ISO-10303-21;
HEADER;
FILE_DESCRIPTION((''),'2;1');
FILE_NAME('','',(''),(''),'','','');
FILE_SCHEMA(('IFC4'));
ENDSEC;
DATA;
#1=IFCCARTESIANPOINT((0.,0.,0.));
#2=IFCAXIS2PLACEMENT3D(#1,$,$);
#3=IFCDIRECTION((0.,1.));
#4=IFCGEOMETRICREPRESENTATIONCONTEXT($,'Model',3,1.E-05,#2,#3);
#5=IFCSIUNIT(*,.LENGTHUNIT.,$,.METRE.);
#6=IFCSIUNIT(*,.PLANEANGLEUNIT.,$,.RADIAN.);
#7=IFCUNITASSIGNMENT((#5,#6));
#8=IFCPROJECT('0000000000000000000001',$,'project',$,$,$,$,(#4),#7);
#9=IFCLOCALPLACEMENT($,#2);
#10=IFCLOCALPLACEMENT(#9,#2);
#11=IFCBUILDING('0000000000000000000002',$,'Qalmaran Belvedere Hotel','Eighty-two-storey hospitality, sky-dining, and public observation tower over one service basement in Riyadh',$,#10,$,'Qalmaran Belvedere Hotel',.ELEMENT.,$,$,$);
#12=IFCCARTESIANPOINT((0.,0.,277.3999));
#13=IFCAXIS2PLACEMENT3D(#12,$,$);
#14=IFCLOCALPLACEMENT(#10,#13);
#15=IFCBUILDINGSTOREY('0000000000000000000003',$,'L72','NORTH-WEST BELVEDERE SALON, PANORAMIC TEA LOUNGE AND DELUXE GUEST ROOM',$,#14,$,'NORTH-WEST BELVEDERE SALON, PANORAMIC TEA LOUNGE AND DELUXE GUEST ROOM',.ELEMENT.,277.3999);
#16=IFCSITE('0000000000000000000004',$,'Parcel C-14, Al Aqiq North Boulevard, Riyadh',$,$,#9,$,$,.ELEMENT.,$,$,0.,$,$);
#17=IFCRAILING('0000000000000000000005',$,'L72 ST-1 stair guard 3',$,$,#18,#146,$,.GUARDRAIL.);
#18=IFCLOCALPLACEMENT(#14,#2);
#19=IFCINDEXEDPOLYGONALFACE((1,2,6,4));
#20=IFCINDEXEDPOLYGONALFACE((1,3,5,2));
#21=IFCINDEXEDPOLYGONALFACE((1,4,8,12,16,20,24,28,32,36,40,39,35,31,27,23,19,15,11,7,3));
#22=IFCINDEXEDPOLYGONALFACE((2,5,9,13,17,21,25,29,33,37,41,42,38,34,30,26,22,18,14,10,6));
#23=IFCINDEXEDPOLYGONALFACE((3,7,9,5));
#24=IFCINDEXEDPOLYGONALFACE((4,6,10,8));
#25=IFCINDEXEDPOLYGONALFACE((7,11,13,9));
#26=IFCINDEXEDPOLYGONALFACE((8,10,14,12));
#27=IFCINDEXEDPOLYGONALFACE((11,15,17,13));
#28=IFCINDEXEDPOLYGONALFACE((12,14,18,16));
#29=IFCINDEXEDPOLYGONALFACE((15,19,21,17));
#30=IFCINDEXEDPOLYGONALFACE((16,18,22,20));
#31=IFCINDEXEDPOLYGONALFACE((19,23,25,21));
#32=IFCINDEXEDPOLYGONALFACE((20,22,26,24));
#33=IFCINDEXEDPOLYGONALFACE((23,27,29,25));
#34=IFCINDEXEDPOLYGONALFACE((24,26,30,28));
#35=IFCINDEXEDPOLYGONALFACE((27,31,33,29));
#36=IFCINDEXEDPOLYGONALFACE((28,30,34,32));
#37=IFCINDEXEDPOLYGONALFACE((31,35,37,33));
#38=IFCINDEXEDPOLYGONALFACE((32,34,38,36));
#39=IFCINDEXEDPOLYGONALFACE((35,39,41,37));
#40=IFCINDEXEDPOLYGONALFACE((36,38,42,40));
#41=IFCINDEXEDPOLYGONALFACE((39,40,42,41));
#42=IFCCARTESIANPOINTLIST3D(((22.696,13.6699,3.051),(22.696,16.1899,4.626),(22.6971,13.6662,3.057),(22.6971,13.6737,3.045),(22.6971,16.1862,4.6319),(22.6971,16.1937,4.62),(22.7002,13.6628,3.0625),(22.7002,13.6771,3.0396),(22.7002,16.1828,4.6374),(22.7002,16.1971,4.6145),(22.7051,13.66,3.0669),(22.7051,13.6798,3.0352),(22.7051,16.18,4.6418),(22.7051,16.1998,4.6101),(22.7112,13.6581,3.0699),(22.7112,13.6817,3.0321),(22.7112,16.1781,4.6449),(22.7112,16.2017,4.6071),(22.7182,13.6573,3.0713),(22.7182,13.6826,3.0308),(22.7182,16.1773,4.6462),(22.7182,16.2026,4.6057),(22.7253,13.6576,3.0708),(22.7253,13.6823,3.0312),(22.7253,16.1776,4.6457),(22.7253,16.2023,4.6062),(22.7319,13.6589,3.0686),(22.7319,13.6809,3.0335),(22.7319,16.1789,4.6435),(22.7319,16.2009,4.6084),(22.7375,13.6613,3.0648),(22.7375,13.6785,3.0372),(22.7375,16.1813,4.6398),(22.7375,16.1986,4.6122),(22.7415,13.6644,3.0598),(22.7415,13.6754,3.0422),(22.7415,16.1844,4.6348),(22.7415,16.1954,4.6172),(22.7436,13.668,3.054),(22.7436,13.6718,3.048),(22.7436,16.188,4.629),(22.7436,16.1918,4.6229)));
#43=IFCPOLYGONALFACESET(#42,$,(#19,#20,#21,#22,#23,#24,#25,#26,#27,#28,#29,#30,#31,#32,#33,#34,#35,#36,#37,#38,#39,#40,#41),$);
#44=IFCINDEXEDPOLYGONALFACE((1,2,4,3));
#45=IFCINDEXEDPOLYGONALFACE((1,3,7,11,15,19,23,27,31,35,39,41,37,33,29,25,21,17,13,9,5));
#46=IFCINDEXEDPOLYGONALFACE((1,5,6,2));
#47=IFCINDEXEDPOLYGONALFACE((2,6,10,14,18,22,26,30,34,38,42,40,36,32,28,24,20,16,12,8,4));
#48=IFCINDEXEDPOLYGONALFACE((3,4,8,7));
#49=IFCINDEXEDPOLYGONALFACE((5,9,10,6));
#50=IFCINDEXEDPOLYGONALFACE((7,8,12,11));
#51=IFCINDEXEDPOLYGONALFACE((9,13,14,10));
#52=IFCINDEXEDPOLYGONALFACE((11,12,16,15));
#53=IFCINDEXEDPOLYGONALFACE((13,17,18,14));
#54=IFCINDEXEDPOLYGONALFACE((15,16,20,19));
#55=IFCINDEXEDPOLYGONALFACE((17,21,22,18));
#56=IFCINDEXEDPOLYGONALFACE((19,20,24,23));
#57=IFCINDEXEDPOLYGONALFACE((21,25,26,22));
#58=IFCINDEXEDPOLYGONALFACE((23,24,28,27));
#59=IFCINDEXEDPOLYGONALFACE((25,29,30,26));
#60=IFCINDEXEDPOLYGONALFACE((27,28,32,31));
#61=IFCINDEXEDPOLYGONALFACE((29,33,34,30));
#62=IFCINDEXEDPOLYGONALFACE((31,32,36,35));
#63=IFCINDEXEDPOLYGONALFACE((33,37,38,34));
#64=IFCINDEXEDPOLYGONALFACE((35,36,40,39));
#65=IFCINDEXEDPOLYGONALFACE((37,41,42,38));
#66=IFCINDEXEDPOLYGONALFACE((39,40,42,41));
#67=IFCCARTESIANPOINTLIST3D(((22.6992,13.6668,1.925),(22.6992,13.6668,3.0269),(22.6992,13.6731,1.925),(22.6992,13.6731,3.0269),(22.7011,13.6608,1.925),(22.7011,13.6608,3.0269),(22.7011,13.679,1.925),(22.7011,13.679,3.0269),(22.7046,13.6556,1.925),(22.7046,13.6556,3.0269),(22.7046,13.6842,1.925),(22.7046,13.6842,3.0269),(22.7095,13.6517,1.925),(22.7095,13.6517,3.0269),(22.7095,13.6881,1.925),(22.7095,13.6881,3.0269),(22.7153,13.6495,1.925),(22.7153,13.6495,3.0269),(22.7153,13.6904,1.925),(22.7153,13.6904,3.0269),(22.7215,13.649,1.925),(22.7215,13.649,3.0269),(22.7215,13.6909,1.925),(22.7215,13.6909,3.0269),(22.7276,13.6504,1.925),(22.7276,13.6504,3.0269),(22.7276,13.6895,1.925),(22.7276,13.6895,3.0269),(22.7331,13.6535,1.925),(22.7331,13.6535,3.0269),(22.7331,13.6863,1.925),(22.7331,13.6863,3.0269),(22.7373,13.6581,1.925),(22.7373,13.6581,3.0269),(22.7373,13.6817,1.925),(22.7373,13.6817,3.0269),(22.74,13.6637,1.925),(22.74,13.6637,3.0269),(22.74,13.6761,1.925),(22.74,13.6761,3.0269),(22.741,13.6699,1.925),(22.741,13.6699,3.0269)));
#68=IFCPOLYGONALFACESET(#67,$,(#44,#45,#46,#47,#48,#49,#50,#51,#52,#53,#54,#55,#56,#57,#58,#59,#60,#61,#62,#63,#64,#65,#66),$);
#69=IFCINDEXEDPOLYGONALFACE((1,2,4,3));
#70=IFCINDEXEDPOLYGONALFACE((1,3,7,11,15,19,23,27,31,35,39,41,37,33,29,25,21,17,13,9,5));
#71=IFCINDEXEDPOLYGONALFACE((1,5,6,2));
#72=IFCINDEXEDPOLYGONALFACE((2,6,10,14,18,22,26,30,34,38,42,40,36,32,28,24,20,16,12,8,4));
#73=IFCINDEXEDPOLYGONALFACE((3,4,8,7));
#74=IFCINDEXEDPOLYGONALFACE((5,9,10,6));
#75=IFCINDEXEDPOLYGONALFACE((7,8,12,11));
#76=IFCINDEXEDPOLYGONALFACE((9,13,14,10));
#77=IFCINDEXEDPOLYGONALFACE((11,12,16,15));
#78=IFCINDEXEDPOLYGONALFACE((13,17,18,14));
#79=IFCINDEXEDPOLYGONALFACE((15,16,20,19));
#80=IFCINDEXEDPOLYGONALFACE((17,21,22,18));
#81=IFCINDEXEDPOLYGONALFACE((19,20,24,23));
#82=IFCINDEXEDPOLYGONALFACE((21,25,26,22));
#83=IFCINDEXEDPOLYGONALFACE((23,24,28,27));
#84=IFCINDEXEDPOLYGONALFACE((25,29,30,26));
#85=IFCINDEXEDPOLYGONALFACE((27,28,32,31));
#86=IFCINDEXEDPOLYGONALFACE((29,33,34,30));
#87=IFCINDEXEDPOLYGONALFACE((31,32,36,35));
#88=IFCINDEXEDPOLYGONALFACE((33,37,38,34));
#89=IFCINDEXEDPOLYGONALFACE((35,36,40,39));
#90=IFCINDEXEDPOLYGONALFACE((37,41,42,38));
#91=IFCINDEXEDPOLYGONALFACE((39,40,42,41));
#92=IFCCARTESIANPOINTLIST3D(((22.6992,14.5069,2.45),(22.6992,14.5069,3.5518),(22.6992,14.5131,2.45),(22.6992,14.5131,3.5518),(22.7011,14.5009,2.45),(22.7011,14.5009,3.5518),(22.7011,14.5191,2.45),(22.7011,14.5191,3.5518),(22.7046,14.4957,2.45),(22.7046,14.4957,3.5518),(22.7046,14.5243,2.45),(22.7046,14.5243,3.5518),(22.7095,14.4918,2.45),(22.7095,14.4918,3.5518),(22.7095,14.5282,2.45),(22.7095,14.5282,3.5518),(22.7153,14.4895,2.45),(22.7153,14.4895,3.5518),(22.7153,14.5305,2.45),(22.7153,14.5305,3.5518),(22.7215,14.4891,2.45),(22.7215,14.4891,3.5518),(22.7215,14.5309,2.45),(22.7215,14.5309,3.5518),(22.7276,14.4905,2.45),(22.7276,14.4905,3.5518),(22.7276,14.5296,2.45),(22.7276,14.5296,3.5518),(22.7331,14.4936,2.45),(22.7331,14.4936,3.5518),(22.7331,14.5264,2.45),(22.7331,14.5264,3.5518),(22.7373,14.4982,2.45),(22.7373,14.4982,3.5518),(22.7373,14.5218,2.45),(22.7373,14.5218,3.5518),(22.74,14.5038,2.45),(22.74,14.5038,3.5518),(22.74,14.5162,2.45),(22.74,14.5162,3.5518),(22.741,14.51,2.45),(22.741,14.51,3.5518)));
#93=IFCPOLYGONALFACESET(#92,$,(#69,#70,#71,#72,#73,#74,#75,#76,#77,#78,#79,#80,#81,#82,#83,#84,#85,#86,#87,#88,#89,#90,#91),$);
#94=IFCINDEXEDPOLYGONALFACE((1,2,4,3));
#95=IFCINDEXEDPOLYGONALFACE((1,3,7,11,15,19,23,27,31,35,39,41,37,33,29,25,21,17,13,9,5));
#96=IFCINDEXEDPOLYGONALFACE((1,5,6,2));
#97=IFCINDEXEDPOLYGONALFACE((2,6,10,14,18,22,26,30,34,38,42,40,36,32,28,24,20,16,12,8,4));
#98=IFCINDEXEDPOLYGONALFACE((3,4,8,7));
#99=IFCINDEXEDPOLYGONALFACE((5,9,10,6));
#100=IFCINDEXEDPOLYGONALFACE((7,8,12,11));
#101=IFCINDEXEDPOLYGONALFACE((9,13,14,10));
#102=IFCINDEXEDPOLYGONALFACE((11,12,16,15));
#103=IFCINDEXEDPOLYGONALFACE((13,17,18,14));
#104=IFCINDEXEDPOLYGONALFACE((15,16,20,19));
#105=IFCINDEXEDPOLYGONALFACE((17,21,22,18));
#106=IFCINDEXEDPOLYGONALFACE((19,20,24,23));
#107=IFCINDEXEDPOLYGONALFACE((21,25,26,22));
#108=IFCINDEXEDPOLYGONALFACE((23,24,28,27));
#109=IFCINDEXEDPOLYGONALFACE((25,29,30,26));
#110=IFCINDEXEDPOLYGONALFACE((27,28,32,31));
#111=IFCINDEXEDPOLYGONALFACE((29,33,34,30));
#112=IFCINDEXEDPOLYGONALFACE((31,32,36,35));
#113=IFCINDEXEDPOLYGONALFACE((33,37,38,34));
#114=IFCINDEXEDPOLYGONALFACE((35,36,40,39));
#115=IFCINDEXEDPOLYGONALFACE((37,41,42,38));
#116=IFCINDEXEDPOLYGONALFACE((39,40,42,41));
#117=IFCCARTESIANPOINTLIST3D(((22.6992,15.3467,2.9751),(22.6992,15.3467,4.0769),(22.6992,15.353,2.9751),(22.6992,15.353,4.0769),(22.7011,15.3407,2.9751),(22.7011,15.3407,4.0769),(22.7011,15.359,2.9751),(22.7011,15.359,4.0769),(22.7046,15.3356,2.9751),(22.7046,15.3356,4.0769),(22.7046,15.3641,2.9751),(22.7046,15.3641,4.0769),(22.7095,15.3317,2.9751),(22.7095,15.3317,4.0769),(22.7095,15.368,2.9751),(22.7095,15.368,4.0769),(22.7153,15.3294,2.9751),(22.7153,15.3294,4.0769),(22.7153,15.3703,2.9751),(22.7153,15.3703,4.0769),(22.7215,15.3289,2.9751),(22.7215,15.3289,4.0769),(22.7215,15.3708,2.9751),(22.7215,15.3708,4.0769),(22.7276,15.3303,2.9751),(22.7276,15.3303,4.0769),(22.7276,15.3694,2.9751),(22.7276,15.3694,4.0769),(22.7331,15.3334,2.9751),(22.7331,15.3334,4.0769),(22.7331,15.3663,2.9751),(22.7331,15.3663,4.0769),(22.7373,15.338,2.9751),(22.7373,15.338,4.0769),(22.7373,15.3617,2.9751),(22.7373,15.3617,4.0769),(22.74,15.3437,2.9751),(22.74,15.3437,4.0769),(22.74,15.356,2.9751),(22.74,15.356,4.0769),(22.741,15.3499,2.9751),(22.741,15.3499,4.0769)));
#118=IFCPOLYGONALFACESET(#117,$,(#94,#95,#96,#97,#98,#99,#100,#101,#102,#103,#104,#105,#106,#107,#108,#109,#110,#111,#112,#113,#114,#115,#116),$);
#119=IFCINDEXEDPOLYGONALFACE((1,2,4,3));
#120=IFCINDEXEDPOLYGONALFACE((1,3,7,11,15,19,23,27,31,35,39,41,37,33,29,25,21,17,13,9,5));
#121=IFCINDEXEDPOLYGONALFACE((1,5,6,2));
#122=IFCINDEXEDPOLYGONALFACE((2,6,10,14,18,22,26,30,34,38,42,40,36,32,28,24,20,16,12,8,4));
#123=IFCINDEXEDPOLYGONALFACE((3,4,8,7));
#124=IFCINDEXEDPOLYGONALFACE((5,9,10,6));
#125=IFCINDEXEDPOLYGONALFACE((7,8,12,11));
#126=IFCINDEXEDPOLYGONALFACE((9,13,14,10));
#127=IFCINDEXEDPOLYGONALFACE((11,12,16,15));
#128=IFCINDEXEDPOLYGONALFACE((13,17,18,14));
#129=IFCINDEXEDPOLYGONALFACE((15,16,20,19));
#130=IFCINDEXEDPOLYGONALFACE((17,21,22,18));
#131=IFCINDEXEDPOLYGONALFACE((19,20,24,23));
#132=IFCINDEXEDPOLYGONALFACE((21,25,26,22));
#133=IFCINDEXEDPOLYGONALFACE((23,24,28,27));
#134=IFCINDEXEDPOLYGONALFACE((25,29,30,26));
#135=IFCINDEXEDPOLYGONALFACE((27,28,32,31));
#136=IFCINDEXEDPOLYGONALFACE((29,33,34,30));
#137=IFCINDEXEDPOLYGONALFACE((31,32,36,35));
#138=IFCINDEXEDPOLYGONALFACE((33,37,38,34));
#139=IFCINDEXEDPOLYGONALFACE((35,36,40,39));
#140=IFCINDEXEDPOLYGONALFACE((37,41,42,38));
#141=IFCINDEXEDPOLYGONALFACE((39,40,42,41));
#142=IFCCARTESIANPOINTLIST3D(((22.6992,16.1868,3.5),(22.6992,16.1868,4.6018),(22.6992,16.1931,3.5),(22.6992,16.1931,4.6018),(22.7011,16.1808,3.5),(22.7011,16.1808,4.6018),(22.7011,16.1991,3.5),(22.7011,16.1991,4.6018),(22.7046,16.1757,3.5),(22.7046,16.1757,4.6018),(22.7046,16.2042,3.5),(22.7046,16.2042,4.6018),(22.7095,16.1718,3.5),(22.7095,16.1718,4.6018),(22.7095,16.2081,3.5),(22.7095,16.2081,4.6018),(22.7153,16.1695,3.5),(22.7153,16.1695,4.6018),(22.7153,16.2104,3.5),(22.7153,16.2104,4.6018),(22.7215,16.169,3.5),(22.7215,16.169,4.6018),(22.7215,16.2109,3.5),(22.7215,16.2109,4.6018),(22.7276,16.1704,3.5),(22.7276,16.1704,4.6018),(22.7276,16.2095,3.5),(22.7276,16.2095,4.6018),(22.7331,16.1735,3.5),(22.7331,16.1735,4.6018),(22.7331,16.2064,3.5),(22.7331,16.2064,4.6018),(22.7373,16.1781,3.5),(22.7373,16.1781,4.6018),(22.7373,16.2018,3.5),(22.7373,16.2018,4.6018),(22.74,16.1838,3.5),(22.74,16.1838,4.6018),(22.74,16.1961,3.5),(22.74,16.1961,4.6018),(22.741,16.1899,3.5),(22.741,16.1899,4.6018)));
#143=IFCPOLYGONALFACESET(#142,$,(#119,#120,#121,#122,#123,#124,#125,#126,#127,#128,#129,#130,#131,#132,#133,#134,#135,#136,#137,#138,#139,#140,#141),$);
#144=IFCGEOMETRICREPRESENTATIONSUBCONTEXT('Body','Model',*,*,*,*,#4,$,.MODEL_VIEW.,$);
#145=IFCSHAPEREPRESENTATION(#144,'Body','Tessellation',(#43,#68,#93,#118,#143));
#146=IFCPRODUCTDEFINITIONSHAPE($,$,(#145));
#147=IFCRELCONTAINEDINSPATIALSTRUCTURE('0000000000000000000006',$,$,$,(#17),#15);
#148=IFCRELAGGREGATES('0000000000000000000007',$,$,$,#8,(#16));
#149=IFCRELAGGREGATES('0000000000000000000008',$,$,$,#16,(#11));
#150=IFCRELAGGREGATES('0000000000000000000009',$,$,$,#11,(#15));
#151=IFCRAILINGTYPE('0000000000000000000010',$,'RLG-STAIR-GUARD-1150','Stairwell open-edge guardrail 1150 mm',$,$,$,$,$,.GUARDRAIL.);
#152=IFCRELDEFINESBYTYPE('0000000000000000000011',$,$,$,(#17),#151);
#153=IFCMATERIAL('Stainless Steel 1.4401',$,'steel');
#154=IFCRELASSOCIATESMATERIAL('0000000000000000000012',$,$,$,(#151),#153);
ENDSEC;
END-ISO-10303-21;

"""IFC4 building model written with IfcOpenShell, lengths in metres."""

from ifc_helpers import new_model, si_unit, direction, frame, origin, origin_2d, place, context, subcontext, project, spatial, circle, extrude, material, type_object, element, save


model = new_model("IFC4")

# Units and contexts
model_context = context("Model", 3, precision=1e-05, world=origin(), true_north=direction((0.0, 1.0)))
body_context = subcontext(model_context, "Body", "Model", "MODEL_VIEW")
ifc_project = project(units=[si_unit("LENGTHUNIT", "METRE"), si_unit("PLANEANGLEUNIT", "RADIAN")], contexts=[model_context])

# Site, building, storey
site_placement = place(None, origin())
site = spatial("IfcSite", under=ifc_project, at=site_placement, Name="Parcel C-14, Al Aqiq North Boulevard, Riyadh", CompositionType="ELEMENT", RefElevation=0.0)
building_placement = place(site_placement, origin())
building = spatial("IfcBuilding", under=site, at=building_placement, Name="Qalmaran Belvedere Hotel", Description="Eighty-two-storey hospitality, sky-dining, and public observation tower over one service basement in Riyadh", LongName="Qalmaran Belvedere Hotel", CompositionType="ELEMENT")
storey_placement = place(building_placement, frame((0.0, 0.0, 277.3999)))
storey = spatial("IfcBuildingStorey", under=building, at=storey_placement, Name="L72", Description="NORTH-WEST BELVEDERE SALON, PANORAMIC TEA LOUNGE AND DELUXE GUEST ROOM", LongName="NORTH-WEST BELVEDERE SALON, PANORAMIC TEA LOUNGE AND DELUXE GUEST ROOM", CompositionType="ELEMENT", Elevation=277.3999)

# Railing
ifc_material_1 = material(Name="Stainless Steel 1.4401", Category="steel")
railing_type_1 = type_object("IfcRailingType", Name="RLG-STAIR-GUARD-1150", Description="Stairwell open-edge guardrail 1150 mm", PredefinedType="GUARDRAIL", material=ifc_material_1)
railing_1_placement = place(storey_placement, frame((22.72, 13.6699, 1.925)))
element("IfcRailing", 1, at=railing_1_placement, inside=storey, type_object=railing_type_1, Name="L72 ST-1 stair guard 3", PredefinedType="GUARDRAIL", context=body_context, shape_type="SweptSolid", body=[
    extrude(circle(Radius=0.0239, at=origin_2d()), frame((0.0, 0.0, 1.126), z_axis=(0.0, 0.848008, 0.529984), x_axis=(-1.0, 0.0, 0.0)), (0.0, 0.0, 1.0), 2.9717),
    extrude(circle(Radius=0.021, at=origin_2d()), origin(), (0.0, 0.0, 1.0), 1.1018),
    extrude(circle(Radius=0.021, at=origin_2d()), frame((0.0, 0.8401, 0.5249)), (0.0, 0.0, 1.0), 1.1018),
    extrude(circle(Radius=0.021, at=origin_2d()), frame((0.0, 1.6799, 1.05)), (0.0, 0.0, 1.0), 1.1018),
    extrude(circle(Radius=0.021, at=origin_2d()), frame((0.0, 2.52, 1.575)), (0.0, 0.0, 1.0), 1.1018),
])

save(model, "model.ifc")
